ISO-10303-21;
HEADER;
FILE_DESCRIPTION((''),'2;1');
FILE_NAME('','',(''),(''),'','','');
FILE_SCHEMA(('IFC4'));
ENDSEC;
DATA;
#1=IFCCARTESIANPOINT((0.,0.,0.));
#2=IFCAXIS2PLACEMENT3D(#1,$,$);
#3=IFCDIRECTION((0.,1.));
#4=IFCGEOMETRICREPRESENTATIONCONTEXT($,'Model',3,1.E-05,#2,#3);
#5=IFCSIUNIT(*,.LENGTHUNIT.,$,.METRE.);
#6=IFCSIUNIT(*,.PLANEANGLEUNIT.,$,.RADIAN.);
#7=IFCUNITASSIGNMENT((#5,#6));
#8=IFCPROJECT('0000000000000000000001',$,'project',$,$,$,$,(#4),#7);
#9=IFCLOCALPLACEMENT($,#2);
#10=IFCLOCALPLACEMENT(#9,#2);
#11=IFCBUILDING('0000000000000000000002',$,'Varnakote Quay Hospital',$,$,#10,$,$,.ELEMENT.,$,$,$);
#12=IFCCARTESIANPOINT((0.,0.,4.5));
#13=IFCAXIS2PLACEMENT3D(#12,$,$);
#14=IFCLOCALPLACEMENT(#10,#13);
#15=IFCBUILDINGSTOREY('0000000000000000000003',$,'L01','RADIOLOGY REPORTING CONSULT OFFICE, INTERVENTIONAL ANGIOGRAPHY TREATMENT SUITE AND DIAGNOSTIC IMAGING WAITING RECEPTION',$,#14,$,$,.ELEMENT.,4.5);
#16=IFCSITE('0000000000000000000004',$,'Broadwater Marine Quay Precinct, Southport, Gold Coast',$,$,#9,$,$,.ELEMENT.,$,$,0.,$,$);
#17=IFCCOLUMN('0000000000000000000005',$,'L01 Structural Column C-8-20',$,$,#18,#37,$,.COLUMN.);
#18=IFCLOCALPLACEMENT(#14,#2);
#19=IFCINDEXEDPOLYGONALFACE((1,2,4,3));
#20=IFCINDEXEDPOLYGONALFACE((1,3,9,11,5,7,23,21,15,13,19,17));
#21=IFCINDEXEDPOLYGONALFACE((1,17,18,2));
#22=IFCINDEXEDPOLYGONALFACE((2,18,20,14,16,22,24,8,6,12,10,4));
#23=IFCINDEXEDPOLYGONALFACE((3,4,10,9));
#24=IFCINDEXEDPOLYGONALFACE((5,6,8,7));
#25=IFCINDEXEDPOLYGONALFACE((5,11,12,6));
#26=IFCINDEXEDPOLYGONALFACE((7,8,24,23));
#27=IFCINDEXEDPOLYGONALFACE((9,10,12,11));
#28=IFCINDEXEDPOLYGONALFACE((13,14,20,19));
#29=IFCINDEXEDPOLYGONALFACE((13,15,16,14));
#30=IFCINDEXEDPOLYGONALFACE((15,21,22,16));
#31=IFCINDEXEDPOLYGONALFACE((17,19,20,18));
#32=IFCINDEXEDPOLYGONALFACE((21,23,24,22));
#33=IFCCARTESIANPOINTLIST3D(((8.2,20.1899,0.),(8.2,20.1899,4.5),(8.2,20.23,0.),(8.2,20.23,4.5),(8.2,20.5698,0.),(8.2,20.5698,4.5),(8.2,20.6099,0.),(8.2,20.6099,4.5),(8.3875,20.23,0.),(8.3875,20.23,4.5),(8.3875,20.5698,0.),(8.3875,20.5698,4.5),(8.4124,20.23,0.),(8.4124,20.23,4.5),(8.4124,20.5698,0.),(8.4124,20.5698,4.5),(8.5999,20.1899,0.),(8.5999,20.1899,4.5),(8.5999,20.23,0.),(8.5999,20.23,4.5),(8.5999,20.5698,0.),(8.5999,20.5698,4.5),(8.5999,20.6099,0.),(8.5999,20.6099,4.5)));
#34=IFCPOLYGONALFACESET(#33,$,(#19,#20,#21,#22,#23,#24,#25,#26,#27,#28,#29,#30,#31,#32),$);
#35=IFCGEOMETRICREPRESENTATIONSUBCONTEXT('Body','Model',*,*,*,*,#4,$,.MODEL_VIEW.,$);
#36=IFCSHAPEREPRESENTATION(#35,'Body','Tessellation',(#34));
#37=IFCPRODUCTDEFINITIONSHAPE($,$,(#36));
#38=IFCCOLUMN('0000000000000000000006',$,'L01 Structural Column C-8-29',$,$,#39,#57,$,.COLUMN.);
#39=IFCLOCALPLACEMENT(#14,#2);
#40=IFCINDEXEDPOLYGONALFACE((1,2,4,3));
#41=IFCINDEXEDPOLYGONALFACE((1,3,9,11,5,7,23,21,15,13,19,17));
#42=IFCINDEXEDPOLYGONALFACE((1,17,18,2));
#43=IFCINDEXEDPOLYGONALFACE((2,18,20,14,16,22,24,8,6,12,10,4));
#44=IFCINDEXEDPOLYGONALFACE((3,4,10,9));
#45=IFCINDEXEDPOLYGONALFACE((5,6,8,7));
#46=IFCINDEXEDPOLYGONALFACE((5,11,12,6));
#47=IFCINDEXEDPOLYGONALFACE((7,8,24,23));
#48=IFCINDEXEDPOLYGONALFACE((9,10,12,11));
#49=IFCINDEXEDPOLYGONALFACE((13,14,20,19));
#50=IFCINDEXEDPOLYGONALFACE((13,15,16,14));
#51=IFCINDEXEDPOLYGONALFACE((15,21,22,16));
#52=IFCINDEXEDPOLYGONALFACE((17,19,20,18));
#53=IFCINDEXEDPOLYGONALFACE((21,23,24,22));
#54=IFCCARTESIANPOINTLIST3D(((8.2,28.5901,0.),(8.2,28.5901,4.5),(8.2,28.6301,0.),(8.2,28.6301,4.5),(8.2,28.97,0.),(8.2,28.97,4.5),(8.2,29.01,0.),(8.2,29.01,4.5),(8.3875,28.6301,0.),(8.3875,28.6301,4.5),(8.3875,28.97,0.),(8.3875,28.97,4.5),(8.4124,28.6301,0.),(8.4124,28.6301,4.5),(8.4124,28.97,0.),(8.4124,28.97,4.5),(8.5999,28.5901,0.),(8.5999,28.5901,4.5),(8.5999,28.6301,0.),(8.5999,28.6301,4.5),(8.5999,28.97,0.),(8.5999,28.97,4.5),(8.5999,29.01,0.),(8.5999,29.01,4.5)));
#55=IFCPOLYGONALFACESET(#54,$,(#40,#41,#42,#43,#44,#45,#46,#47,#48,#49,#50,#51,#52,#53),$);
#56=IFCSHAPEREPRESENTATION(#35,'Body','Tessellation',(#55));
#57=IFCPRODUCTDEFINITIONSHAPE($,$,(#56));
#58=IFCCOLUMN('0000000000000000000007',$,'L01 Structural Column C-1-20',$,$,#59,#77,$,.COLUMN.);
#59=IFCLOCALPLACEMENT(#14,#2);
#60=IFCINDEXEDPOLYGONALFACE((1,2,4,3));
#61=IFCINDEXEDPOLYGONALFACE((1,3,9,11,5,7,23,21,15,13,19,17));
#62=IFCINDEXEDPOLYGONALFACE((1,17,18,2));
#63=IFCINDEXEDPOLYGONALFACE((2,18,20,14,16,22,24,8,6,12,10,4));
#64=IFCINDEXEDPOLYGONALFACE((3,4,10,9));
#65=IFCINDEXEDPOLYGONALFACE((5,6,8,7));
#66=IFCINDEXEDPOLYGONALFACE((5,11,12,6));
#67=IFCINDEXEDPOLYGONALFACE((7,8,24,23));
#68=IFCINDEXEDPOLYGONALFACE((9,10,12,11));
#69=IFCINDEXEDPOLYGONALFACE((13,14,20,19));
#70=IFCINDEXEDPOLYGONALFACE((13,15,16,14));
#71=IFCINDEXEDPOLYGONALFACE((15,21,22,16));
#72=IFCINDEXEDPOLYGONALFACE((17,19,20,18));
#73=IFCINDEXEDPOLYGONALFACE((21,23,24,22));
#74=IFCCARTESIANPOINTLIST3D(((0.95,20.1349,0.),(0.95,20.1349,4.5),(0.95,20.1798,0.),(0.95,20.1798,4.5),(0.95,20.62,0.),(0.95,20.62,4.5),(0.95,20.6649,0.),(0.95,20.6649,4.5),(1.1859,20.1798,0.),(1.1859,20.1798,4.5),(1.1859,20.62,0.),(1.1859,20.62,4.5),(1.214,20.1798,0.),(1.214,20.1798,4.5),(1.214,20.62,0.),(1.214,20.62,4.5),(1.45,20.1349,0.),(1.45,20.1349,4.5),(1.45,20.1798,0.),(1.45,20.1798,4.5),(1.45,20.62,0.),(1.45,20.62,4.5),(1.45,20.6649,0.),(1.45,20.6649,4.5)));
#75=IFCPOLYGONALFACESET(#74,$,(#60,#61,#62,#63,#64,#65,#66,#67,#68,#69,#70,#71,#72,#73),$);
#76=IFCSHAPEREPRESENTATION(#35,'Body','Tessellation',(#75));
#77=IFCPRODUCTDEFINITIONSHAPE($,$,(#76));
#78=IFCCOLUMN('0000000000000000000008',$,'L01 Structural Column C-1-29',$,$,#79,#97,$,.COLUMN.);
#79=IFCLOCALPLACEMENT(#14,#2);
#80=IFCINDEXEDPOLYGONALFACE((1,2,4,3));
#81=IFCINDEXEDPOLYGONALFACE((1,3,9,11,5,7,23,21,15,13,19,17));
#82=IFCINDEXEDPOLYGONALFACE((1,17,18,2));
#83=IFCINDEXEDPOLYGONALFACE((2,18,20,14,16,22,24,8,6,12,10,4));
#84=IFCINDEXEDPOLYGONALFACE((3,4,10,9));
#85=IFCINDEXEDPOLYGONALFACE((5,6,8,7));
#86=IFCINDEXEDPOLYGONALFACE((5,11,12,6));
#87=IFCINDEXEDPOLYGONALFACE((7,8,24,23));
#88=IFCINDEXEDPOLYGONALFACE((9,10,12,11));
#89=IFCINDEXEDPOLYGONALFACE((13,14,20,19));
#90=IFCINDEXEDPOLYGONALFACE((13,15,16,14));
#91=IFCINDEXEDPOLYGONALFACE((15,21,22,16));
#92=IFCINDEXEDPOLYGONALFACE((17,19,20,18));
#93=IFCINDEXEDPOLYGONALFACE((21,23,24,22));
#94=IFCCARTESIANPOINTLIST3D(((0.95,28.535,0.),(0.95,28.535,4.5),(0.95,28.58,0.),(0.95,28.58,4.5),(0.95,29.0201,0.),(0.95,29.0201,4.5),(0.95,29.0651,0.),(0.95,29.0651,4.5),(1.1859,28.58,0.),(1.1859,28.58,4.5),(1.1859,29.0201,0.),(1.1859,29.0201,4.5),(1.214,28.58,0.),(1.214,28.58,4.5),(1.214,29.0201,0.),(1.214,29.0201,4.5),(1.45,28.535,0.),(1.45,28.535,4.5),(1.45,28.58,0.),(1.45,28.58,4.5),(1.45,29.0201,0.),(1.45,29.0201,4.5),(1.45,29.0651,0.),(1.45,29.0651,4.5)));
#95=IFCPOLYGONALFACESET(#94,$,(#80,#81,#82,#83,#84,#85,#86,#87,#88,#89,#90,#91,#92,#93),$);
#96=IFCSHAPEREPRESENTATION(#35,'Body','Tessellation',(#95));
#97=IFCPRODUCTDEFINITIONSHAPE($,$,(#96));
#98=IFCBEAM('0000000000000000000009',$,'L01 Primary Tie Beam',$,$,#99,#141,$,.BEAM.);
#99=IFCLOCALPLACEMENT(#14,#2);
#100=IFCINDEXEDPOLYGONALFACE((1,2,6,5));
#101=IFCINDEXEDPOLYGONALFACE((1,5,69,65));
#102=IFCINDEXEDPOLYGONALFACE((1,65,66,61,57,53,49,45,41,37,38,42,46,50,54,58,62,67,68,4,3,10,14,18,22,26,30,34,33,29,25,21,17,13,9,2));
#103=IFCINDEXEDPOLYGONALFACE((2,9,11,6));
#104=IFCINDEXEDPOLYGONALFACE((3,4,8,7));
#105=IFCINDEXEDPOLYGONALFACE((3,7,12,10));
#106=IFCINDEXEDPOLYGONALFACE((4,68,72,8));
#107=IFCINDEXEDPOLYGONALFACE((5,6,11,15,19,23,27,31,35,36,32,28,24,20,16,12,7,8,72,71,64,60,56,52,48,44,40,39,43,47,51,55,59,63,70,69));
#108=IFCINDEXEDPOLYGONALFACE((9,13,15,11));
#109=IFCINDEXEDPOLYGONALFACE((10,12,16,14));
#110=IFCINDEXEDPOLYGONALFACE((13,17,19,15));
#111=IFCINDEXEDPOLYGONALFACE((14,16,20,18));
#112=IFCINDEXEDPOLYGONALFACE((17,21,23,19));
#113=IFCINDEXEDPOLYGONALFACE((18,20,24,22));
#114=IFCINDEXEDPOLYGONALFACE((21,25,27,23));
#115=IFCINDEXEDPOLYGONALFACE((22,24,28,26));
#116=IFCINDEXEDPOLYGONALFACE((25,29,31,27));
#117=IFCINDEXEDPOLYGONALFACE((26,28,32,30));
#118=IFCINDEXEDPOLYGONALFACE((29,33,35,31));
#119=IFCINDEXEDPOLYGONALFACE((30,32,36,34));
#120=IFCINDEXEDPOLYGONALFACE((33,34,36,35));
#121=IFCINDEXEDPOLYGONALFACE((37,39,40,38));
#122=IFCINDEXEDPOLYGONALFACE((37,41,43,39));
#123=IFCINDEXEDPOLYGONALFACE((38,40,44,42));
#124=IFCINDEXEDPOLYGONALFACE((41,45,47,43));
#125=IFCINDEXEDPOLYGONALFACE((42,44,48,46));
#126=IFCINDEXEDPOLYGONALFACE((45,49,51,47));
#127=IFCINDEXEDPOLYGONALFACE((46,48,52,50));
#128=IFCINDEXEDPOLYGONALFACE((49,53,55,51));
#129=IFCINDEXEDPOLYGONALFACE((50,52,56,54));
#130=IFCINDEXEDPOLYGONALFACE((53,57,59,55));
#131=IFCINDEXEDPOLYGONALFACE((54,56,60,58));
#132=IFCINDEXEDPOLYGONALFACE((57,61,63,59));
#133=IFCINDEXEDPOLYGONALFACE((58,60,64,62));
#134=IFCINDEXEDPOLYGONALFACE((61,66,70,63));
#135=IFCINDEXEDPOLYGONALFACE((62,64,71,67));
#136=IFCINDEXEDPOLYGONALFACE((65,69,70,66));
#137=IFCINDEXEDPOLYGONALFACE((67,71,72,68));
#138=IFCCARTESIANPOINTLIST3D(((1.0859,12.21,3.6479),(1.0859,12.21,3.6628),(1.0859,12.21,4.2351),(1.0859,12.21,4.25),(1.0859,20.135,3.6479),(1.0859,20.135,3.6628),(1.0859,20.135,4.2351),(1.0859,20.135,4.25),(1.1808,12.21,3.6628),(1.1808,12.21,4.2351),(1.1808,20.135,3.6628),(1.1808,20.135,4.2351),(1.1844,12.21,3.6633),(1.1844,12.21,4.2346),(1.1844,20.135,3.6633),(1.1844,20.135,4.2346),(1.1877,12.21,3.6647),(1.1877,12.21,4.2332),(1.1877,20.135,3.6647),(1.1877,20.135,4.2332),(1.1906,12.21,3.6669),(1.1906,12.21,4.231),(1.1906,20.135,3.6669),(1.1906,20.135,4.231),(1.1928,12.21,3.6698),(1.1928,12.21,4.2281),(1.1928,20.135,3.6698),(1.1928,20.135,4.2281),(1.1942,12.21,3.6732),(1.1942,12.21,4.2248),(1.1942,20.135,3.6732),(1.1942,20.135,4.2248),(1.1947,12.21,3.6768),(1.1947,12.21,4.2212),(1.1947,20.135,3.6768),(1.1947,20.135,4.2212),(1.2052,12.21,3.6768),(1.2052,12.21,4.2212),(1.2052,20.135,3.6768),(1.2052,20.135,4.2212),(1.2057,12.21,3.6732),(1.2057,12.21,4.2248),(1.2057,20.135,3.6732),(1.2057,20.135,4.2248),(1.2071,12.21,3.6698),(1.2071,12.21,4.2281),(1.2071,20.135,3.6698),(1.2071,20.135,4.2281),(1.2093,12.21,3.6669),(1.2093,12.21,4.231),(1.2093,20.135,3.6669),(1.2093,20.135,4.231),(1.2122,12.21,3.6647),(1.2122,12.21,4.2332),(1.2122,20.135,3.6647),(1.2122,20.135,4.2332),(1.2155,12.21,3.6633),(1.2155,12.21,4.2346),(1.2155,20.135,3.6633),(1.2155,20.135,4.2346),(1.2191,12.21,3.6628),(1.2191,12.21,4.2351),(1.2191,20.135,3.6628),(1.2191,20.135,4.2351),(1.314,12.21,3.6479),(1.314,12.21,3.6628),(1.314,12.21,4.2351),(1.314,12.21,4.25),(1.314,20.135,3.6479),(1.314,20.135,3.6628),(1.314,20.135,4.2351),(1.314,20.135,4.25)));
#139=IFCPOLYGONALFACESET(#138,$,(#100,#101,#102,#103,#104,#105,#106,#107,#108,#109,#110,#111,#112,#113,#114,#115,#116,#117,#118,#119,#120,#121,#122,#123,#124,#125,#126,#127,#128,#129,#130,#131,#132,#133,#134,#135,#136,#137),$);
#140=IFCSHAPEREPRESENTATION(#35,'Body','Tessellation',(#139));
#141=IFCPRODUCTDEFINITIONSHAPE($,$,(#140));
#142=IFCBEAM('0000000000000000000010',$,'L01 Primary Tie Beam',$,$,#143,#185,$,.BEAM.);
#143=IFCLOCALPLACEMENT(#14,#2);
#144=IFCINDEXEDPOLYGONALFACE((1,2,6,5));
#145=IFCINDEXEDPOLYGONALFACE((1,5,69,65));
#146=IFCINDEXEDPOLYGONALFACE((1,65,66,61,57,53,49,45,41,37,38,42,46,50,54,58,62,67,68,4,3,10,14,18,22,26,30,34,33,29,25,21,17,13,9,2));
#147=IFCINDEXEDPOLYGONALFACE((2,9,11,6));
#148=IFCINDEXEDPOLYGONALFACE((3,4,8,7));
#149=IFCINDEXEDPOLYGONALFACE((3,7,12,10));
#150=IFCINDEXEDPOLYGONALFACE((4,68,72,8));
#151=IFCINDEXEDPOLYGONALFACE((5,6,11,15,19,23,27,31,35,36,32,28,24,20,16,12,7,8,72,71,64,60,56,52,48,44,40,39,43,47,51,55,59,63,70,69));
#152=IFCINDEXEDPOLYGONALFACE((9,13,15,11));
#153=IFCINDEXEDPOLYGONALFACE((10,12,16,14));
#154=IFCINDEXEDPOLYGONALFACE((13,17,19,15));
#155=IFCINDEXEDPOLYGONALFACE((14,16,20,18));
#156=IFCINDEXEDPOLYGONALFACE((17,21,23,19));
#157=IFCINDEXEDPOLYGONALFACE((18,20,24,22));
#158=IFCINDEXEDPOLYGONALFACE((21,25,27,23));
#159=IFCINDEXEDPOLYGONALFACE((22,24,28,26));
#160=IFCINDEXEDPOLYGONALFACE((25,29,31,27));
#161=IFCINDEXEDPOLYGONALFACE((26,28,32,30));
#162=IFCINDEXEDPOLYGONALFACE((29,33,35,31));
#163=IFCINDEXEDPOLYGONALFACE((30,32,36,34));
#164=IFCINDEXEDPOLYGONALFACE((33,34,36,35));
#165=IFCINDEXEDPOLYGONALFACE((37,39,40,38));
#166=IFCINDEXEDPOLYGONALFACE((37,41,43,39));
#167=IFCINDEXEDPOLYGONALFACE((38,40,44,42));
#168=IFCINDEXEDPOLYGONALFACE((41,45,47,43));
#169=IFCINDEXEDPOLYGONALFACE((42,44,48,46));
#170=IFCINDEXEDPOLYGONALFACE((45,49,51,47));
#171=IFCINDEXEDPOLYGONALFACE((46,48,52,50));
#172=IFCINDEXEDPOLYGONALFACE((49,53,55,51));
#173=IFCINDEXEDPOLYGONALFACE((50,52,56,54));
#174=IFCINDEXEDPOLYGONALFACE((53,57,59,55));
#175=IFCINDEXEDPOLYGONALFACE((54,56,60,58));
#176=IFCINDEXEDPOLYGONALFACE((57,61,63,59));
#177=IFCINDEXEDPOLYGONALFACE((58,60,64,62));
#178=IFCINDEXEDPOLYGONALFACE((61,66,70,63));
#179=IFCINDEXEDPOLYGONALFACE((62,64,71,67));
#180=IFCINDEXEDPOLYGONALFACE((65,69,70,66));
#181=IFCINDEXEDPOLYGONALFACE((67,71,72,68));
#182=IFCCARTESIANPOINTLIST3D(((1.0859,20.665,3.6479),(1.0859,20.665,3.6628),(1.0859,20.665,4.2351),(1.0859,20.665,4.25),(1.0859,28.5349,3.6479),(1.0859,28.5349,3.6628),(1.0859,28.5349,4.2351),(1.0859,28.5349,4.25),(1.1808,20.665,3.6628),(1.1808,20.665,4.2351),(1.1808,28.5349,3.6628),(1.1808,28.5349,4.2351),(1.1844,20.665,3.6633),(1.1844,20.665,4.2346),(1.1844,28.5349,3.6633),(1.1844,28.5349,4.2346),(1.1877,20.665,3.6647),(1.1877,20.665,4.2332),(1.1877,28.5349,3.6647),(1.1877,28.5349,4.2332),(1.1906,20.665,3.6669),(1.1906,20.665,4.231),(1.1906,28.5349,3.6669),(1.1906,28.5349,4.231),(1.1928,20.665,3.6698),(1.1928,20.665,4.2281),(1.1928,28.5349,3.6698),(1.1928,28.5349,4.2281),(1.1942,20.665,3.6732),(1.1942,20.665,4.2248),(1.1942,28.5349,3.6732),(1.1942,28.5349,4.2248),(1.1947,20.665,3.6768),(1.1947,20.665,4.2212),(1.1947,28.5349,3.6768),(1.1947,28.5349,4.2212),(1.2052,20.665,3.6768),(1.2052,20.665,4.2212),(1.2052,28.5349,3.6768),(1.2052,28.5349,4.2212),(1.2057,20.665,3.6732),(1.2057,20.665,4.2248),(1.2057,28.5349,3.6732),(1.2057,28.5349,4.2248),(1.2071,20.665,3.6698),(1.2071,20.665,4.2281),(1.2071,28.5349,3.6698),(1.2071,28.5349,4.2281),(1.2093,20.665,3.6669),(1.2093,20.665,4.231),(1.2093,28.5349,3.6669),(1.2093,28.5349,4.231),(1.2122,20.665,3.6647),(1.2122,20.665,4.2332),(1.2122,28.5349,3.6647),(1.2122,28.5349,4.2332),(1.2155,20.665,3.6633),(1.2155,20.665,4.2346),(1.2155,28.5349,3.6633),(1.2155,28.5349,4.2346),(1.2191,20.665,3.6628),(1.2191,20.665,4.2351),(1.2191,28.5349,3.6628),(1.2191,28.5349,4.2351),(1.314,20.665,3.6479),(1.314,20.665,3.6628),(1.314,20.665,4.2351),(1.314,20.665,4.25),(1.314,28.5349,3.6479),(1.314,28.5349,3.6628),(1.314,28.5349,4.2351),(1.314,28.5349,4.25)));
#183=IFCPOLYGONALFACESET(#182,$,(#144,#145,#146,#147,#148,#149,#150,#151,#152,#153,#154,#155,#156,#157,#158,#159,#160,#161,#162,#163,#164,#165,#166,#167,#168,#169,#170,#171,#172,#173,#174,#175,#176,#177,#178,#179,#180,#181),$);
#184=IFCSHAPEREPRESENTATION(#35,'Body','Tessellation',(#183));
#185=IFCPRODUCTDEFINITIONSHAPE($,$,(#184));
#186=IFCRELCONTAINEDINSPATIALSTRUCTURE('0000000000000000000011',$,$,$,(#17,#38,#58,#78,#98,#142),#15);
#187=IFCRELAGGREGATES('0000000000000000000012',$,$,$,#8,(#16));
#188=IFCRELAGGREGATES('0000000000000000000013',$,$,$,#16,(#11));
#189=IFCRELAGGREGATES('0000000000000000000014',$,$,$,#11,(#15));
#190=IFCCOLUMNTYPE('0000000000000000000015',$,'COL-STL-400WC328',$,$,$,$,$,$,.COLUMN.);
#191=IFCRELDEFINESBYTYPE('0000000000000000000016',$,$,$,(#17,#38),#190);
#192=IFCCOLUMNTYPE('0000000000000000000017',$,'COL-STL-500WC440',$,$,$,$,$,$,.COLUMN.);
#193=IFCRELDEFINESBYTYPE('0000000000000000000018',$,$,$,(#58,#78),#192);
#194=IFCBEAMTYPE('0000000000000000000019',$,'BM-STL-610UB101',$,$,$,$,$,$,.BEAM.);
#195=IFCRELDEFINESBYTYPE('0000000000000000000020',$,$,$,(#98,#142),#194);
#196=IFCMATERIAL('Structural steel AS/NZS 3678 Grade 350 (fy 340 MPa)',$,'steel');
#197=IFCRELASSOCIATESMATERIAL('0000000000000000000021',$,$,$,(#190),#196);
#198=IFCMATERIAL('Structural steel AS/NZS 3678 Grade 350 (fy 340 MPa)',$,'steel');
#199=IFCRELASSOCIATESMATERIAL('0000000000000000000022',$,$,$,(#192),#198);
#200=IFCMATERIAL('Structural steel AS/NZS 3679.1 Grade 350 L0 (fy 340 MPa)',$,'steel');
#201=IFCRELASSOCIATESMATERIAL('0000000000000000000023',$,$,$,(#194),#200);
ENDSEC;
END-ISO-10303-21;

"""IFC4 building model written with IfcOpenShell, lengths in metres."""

from ifc_helpers import new_model, si_unit, direction, frame, origin, origin_2d, place, context, subcontext, project, spatial, i_section, extrude, material, material_profile, profile_set, type_object, element, save


model = new_model("IFC4")

# Units and contexts
model_context = context("Model", 3, precision=1e-05, world=origin(), true_north=direction((0.0, 1.0)))
body_context = subcontext(model_context, "Body", "Model", "MODEL_VIEW")
ifc_project = project(units=[si_unit("LENGTHUNIT", "METRE"), si_unit("PLANEANGLEUNIT", "RADIAN")], contexts=[model_context])

# Site, building, storey
site_placement = place(None, origin())
site = spatial("IfcSite", under=ifc_project, at=site_placement, Name="Broadwater Marine Quay Precinct, Southport, Gold Coast", CompositionType="ELEMENT", RefElevation=0.0)
building_placement = place(site_placement, origin())
building = spatial("IfcBuilding", under=site, at=building_placement, Name="Varnakote Quay Hospital", CompositionType="ELEMENT")
storey_placement = place(building_placement, frame((0.0, 0.0, 4.5)))
storey = spatial("IfcBuildingStorey", under=building, at=storey_placement, Name="L01", Description="RADIOLOGY REPORTING CONSULT OFFICE, INTERVENTIONAL ANGIOGRAPHY TREATMENT SUITE AND DIAGNOSTIC IMAGING WAITING RECEPTION", CompositionType="ELEMENT", Elevation=4.5)

# Columns
ifc_material_1 = material(Name="Structural steel AS/NZS 3678 Grade 350 (fy 340 MPa)", Category="steel")
ifc_material_profile_1 = material_profile(ifc_material_1, i_section(OverallWidth=0.3999, OverallDepth=0.4199, WebThickness=0.0249, FlangeThickness=0.04, at=origin_2d()), Name="400WC328")
ifc_profile_set_1 = profile_set([ifc_material_profile_1], Name="Structural steel AS/NZS 3678 Grade 350 (fy 340 MPa)")
column_type_1 = type_object("IfcColumnType", Name="COL-STL-400WC328", PredefinedType="COLUMN", material=ifc_profile_set_1)
for number, where, z_axis, x_axis, name in (
    (1, (8.3999, 20.3999, 0.0), (0.0, 0.0, 1.0), (1.0, 0.0, 0.0), "L01 Structural Column C-8-20"),
    (2, (8.3999, 28.8, 0.0), (0.0, 0.0, 1.0), (1.0, 0.0, 0.0), "L01 Structural Column C-8-29"),
):
    element("IfcColumn", number, at=place(storey_placement, frame(where, z_axis=z_axis, x_axis=x_axis)), inside=storey, type_object=column_type_1, Name=name, PredefinedType="COLUMN", context=body_context, shape_type="SweptSolid", body=[
        extrude(i_section(OverallWidth=0.3999, OverallDepth=0.4199, WebThickness=0.0249, FlangeThickness=0.04, at=origin_2d()), origin(), (0.0, 0.0, 1.0), 4.5),
    ])
ifc_material_2 = material(Name="Structural steel AS/NZS 3678 Grade 350 (fy 340 MPa)", Category="steel")
ifc_material_profile_2 = material_profile(ifc_material_2, i_section(OverallWidth=0.5, OverallDepth=0.53, WebThickness=0.0281, FlangeThickness=0.0449, at=origin_2d()), Name="500WC440")
ifc_profile_set_2 = profile_set([ifc_material_profile_2], Name="Structural steel AS/NZS 3678 Grade 350 (fy 340 MPa)")
column_type_2 = type_object("IfcColumnType", Name="COL-STL-500WC440", PredefinedType="COLUMN", material=ifc_profile_set_2)
for number, where, z_axis, x_axis, name in (
    (3, (1.2, 20.3999, 0.0), (0.0, 0.0, 1.0), (1.0, 0.0, 0.0), "L01 Structural Column C-1-20"),
    (4, (1.2, 28.8, 0.0), (0.0, 0.0, 1.0), (1.0, 0.0, 0.0), "L01 Structural Column C-1-29"),
):
    element("IfcColumn", number, at=place(storey_placement, frame(where, z_axis=z_axis, x_axis=x_axis)), inside=storey, type_object=column_type_2, Name=name, PredefinedType="COLUMN", context=body_context, shape_type="SweptSolid", body=[
        extrude(i_section(OverallWidth=0.5, OverallDepth=0.53, WebThickness=0.0281, FlangeThickness=0.0449, at=origin_2d()), origin(), (0.0, 0.0, 1.0), 4.5),
    ])

# Beams
ifc_material_3 = material(Name="Structural steel AS/NZS 3679.1 Grade 350 L0 (fy 340 MPa)", Category="steel")
ifc_material_profile_3 = material_profile(ifc_material_3, i_section(OverallWidth=0.228, OverallDepth=0.6021, WebThickness=0.0105, FlangeThickness=0.0149, FilletRadius=0.0139, at=origin_2d()), Name="610UB101")
ifc_profile_set_3 = profile_set([ifc_material_profile_3], Name="Structural steel AS/NZS 3679.1 Grade 350 L0 (fy 340 MPa)")
beam_type_1 = type_object("IfcBeamType", Name="BM-STL-610UB101", PredefinedType="BEAM", material=ifc_profile_set_3)
beam_1_placement = place(storey_placement, frame((1.2, 12.21, 3.949), z_axis=(0.0, 1.0, 0.0), x_axis=(-1.0, 0.0, 0.0)))
element("IfcBeam", 5, at=beam_1_placement, inside=storey, type_object=beam_type_1, Name="L01 Primary Tie Beam", PredefinedType="BEAM", context=body_context, shape_type="SweptSolid", body=[
    extrude(i_section(OverallWidth=0.228, OverallDepth=0.6021, WebThickness=0.0105, FlangeThickness=0.0149, FilletRadius=0.0139, at=origin_2d()), origin(), (0.0, 0.0, 1.0), 7.925),
])
beam_2_placement = place(storey_placement, frame((1.2, 20.665, 3.949), z_axis=(0.0, 1.0, 0.0), x_axis=(-1.0, 0.0, 0.0)))
element("IfcBeam", 6, at=beam_2_placement, inside=storey, type_object=beam_type_1, Name="L01 Primary Tie Beam", PredefinedType="BEAM", context=body_context, shape_type="SweptSolid", body=[
    extrude(i_section(OverallWidth=0.228, OverallDepth=0.6021, WebThickness=0.0105, FlangeThickness=0.0149, FilletRadius=0.0139, at=origin_2d()), origin(), (0.0, 0.0, 1.0), 7.8699),
])

save(model, "model.ifc")
